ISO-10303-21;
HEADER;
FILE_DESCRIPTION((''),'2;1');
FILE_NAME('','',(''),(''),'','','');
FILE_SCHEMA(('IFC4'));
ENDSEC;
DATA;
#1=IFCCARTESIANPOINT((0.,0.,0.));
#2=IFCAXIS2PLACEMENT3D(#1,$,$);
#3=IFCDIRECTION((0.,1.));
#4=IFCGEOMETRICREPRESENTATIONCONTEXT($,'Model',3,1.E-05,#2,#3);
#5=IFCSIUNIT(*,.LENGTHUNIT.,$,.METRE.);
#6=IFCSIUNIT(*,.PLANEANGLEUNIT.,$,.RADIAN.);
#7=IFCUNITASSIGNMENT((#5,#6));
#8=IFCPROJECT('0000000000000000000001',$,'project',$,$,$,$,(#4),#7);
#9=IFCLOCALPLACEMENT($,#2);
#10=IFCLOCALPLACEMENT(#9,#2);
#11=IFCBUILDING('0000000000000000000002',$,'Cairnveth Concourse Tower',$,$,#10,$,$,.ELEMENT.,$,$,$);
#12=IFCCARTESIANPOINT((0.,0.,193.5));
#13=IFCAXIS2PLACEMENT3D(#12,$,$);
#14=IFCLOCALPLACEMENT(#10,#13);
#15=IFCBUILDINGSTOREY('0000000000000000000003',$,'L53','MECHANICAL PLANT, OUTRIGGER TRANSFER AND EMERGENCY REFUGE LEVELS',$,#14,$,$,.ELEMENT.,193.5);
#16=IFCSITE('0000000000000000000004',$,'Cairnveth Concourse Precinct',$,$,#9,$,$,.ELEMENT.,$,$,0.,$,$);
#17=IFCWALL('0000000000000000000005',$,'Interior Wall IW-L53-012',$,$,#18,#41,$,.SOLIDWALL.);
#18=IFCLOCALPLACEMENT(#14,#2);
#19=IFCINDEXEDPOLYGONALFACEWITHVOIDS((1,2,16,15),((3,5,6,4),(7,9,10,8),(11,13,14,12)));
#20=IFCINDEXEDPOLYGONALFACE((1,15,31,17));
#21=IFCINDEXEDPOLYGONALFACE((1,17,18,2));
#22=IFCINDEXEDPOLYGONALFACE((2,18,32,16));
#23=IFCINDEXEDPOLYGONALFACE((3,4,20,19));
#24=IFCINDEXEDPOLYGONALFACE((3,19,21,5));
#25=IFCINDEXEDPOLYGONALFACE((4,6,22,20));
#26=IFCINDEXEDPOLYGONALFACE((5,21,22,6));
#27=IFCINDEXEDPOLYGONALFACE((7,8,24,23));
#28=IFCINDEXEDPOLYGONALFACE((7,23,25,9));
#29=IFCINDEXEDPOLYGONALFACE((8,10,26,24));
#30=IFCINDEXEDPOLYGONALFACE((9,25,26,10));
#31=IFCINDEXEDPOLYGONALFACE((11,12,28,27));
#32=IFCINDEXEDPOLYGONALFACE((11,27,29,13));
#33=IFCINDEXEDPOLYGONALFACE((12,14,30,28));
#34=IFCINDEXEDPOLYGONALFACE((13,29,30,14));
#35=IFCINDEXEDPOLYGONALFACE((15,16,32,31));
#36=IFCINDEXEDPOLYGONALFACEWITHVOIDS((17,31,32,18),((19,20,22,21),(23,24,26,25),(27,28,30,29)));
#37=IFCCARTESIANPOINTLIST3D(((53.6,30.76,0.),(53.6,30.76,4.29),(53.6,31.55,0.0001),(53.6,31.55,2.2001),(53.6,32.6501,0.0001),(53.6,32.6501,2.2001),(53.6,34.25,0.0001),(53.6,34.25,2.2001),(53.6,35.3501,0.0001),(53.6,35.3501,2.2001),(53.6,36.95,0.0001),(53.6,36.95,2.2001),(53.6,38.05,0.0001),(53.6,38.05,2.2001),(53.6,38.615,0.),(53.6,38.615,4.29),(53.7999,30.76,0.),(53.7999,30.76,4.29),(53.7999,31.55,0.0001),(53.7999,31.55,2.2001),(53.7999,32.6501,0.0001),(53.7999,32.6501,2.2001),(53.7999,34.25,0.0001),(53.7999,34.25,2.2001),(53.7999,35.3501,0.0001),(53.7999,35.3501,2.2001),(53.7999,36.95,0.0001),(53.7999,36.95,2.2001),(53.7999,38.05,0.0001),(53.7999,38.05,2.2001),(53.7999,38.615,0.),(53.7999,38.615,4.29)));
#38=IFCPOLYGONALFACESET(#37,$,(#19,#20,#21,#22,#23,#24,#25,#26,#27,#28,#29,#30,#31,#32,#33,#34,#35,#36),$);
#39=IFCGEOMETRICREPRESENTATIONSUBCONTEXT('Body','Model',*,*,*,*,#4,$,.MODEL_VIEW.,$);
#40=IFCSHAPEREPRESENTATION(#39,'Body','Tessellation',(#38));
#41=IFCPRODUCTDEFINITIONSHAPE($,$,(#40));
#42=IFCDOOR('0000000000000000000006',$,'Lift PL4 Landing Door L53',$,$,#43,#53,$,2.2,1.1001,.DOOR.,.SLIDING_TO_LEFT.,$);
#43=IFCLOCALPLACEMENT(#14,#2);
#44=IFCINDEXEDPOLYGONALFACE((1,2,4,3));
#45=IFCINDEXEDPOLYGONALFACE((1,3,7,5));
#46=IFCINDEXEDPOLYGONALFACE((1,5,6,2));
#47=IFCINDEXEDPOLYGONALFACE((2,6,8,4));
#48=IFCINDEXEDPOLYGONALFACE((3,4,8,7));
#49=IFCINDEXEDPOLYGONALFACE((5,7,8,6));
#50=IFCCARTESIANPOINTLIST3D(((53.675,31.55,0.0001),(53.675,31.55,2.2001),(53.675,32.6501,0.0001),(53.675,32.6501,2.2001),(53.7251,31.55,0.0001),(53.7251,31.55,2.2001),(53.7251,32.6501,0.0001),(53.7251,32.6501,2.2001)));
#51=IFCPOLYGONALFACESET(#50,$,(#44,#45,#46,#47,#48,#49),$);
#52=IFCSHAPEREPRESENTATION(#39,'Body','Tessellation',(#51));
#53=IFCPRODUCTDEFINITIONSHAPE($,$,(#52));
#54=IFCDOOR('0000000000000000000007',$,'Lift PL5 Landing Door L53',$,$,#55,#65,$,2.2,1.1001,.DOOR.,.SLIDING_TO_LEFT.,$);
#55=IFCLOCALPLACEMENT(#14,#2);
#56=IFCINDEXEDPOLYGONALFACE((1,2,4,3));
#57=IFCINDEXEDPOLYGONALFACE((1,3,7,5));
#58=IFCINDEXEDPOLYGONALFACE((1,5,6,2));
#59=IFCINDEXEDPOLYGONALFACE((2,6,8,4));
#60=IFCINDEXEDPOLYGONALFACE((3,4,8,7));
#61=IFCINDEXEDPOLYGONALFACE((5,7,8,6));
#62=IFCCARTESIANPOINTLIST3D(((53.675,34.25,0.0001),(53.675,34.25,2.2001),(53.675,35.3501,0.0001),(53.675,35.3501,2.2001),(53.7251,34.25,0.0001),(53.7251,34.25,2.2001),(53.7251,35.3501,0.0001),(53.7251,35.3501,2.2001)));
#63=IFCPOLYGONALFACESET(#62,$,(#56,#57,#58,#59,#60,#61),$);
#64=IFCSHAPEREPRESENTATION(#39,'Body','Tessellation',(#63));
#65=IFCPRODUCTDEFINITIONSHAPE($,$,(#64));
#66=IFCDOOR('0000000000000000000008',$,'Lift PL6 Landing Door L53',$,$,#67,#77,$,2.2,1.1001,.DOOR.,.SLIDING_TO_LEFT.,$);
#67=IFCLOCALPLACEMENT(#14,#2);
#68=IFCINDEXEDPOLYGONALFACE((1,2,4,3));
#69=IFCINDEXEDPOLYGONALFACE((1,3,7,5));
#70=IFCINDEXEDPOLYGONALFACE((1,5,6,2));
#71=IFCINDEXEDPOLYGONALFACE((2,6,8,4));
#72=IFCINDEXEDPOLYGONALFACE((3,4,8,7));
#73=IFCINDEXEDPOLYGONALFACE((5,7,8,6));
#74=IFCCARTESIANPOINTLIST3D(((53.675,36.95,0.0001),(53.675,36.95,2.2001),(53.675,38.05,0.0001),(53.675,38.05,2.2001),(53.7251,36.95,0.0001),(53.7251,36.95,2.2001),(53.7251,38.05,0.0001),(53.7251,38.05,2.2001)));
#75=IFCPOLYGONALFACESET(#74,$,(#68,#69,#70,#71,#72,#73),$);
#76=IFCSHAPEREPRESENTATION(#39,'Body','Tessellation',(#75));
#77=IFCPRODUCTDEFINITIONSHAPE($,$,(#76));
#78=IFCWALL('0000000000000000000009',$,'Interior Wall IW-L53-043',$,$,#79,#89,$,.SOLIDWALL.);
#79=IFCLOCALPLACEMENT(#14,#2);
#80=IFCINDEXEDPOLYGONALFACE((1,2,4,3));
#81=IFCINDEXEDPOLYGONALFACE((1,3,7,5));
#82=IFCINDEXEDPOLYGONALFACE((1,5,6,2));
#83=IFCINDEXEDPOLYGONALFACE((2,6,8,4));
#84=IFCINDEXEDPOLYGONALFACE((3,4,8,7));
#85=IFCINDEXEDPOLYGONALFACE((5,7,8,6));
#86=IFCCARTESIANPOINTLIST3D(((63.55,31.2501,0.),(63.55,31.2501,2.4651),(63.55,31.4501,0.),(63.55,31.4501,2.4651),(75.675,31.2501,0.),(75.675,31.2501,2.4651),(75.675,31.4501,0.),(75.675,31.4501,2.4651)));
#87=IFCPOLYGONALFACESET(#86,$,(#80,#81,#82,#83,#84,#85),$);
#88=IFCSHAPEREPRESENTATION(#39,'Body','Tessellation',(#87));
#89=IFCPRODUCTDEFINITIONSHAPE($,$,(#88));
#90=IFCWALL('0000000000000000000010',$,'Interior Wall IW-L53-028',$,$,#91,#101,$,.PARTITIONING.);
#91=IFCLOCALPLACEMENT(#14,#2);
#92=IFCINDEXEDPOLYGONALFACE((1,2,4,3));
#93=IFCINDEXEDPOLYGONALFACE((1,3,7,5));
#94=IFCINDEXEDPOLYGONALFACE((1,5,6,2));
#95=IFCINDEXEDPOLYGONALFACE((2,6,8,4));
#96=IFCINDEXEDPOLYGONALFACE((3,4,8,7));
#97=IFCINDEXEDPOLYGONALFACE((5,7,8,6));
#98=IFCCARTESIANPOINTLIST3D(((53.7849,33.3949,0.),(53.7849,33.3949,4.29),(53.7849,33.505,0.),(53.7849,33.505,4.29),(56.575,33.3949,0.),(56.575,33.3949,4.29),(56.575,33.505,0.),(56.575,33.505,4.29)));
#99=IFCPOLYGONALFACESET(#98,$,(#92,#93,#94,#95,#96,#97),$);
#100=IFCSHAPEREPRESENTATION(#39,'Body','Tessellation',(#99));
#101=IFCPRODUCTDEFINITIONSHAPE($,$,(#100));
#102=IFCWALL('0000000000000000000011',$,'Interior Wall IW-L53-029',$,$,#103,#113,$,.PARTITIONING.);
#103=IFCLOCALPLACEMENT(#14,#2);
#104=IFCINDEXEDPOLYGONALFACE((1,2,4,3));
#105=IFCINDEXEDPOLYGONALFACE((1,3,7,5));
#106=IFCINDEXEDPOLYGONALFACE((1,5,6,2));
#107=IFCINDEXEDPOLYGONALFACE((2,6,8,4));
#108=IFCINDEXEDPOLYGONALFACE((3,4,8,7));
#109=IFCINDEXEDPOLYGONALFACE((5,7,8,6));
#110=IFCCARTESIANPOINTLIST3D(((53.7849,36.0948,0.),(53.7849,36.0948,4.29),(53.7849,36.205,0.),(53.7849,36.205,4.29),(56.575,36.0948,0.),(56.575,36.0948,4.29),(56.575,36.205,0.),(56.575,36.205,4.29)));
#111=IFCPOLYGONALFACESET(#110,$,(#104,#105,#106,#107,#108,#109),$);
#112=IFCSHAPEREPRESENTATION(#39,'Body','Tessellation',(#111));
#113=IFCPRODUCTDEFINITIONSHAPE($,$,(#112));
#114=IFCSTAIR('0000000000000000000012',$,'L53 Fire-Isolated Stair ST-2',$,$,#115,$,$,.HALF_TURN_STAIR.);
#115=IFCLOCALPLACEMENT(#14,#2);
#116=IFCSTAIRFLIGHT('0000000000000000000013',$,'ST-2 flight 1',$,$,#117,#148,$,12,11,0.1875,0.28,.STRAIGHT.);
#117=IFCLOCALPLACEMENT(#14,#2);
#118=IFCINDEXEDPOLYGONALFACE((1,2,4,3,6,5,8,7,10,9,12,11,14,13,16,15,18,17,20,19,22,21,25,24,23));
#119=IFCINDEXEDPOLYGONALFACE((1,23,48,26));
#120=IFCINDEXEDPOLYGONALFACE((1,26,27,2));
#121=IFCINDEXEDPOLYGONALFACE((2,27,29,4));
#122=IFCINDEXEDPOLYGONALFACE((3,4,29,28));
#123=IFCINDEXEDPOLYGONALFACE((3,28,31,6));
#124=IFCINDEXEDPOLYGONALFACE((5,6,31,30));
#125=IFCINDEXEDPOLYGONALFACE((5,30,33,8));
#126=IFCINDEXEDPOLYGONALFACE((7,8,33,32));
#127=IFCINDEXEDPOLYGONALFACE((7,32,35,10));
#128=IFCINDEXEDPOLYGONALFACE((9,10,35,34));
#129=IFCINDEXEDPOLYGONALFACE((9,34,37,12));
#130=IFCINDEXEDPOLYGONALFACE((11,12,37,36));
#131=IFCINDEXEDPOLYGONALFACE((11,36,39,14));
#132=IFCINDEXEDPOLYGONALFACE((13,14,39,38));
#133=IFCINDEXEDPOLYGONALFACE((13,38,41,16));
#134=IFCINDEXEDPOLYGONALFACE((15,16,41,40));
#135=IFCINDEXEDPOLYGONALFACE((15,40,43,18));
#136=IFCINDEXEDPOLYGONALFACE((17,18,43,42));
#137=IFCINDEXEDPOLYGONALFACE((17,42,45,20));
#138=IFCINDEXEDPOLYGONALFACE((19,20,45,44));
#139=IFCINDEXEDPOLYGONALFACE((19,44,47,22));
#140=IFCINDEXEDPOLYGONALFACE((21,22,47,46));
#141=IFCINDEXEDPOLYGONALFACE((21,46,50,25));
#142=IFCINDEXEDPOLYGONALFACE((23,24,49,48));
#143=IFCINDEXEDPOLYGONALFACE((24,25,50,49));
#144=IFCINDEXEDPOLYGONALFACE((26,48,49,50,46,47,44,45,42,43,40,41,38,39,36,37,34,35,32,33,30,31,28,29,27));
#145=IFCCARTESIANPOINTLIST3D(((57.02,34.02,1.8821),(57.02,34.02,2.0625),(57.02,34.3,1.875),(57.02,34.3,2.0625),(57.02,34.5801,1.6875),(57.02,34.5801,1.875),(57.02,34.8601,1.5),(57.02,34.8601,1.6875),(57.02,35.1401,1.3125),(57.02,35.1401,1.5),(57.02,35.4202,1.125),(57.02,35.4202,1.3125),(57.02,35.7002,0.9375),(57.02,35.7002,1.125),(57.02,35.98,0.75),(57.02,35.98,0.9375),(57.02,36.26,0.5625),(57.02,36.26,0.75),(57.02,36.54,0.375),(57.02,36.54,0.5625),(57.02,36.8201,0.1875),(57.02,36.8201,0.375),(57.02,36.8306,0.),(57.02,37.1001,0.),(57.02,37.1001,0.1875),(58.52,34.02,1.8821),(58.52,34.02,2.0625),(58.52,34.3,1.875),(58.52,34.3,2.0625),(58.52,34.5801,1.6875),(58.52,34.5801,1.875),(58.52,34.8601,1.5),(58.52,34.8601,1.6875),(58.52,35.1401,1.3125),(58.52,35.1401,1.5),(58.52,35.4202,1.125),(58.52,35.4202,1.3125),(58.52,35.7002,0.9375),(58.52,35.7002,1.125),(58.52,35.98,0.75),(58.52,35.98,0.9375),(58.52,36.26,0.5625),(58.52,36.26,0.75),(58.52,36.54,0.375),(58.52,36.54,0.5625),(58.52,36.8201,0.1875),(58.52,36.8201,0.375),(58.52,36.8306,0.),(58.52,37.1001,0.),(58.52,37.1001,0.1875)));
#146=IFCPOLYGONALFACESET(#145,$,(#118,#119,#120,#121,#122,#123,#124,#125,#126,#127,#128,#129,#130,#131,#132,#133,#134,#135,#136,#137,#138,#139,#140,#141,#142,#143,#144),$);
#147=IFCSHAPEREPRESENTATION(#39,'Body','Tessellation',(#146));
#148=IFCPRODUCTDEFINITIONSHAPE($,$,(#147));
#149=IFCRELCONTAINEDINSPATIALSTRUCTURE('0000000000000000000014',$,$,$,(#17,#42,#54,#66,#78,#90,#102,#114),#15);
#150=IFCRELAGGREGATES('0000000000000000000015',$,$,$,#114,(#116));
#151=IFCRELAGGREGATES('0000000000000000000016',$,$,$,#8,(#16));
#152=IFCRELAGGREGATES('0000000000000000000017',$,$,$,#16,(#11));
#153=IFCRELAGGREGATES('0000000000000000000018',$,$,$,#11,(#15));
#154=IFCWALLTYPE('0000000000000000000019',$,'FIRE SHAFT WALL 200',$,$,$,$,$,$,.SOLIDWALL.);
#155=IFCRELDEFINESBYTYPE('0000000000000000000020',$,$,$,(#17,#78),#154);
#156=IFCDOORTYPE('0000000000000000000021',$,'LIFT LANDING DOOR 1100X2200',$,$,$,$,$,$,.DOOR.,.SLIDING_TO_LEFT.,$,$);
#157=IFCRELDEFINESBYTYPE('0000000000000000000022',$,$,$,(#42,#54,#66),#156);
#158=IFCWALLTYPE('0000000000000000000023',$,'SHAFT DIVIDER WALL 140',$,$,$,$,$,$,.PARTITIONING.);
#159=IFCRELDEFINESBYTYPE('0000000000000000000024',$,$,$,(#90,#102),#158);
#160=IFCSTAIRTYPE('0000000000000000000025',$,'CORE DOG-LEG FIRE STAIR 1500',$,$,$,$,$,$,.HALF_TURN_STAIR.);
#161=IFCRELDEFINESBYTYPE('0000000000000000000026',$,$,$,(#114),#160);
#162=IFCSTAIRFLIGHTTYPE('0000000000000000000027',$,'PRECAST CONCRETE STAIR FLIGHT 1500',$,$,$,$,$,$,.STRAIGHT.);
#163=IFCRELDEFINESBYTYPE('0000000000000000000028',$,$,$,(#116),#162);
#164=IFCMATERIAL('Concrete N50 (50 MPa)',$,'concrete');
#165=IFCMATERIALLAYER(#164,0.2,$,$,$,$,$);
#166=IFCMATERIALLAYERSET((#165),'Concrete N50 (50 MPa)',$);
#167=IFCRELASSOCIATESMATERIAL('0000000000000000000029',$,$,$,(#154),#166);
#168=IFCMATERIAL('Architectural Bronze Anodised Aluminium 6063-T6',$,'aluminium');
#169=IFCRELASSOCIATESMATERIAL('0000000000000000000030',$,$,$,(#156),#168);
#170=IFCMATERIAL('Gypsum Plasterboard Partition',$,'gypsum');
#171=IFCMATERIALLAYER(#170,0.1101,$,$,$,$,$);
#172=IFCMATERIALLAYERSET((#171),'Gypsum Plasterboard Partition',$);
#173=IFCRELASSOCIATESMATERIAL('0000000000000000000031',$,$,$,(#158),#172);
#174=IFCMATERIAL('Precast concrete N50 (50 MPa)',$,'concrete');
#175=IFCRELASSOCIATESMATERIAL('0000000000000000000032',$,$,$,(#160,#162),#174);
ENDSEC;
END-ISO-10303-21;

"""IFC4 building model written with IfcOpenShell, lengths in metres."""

from ifc_helpers import new_model, si_unit, direction, frame, frame_2d, origin, place, context, subcontext, project, spatial, polyline, rectangle, outline, extrude, material, layer, layer_set, type_object, element, fill, aggregate, save


model = new_model("IFC4")

# Units and contexts
model_context = context("Model", 3, precision=1e-05, world=origin(), true_north=direction((0.0, 1.0)))
body_context = subcontext(model_context, "Body", "Model", "MODEL_VIEW")
ifc_project = project(units=[si_unit("LENGTHUNIT", "METRE"), si_unit("PLANEANGLEUNIT", "RADIAN")], contexts=[model_context])

# Site, building, storey
site_placement = place(None, origin())
site = spatial("IfcSite", under=ifc_project, at=site_placement, Name="Cairnveth Concourse Precinct", CompositionType="ELEMENT", RefElevation=0.0)
building_placement = place(site_placement, origin())
building = spatial("IfcBuilding", under=site, at=building_placement, Name="Cairnveth Concourse Tower", CompositionType="ELEMENT")
storey_placement = place(building_placement, frame((0.0, 0.0, 193.5)))
storey = spatial("IfcBuildingStorey", under=building, at=storey_placement, Name="L53", Description="MECHANICAL PLANT, OUTRIGGER TRANSFER AND EMERGENCY REFUGE LEVELS", CompositionType="ELEMENT", Elevation=193.5)

# Shared definitions
ifc_material_1 = material(Name="Gypsum Plasterboard Partition", Category="gypsum")
ifc_material_2 = material(Name="Concrete N50 (50 MPa)", Category="concrete")

# Wall, openings, doors
ifc_layer_1 = layer(ifc_material_2, 0.2)
ifc_layer_set_1 = layer_set([ifc_layer_1], Name="Concrete N50 (50 MPa)")
wall_type_1 = type_object("IfcWallType", Name="FIRE SHAFT WALL 200", PredefinedType="SOLIDWALL", material=ifc_layer_set_1)
wall_1_placement = place(storey_placement, frame((53.7, 30.76, 0.0), z_axis=(0.0, 0.0, 1.0), x_axis=(0.0, 1.0, 0.0)))
wall_1 = element("IfcWall", 1, at=wall_1_placement, inside=storey, type_object=wall_type_1, Name="Interior Wall IW-L53-012", PredefinedType="SOLIDWALL", context=body_context, shape_type="SweptSolid", body=[
    extrude(rectangle(XDim=7.855, YDim=0.2, at=frame_2d((3.9275, 0.0))), origin(), (0.0, 0.0, 1.0), 4.29),
])
opening_1_placement = place(wall_1_placement, frame((0.79, 0.0, 0.0)))
opening_1 = element("IfcOpeningElement", 2, at=opening_1_placement, cuts=wall_1, PredefinedType="OPENING", context=body_context, shape_type="SweptSolid", body=[
    extrude(rectangle(XDim=1.1001, YDim=2.2, at=frame_2d((0.55, 1.1001))), frame((0.0, 0.1099, 0.0), z_axis=(0.0, -1.0, 0.0), x_axis=(1.0, 0.0, 0.0)), (0.0, 0.0, 1.0), 0.22),
])
opening_2_placement = place(wall_1_placement, frame((3.49, 0.0, 0.0)))
opening_2 = element("IfcOpeningElement", 3, at=opening_2_placement, cuts=wall_1, PredefinedType="OPENING", context=body_context, shape_type="SweptSolid", body=[
    extrude(rectangle(XDim=1.1001, YDim=2.2, at=frame_2d((0.55, 1.1001))), frame((0.0, 0.1099, 0.0), z_axis=(0.0, -1.0, 0.0), x_axis=(1.0, 0.0, 0.0)), (0.0, 0.0, 1.0), 0.22),
])
opening_3_placement = place(wall_1_placement, frame((6.1899, 0.0, 0.0)))
opening_3 = element("IfcOpeningElement", 4, at=opening_3_placement, cuts=wall_1, PredefinedType="OPENING", context=body_context, shape_type="SweptSolid", body=[
    extrude(rectangle(XDim=1.1001, YDim=2.2, at=frame_2d((0.55, 1.1001))), frame((0.0, 0.1099, 0.0), z_axis=(0.0, -1.0, 0.0), x_axis=(1.0, 0.0, 0.0)), (0.0, 0.0, 1.0), 0.22),
])
ifc_material_3 = material(Name="Architectural Bronze Anodised Aluminium 6063-T6", Category="aluminium")
door_type_1 = type_object("IfcDoorType", Name="LIFT LANDING DOOR 1100X2200", OperationType="SLIDING_TO_LEFT", PredefinedType="DOOR", material=ifc_material_3)
door_1_placement = place(opening_1_placement, origin())
door_1 = element("IfcDoor", 5, at=door_1_placement, inside=storey, type_object=door_type_1, Name="Lift PL4 Landing Door L53", OperationType="SLIDING_TO_LEFT", OverallHeight=2.2, OverallWidth=1.1001, PredefinedType="DOOR", context=body_context, shape_type="SweptSolid", body=[
    extrude(rectangle(XDim=1.1001, YDim=2.2, at=frame_2d((0.55, 1.1001))), frame((0.0, 0.0249, 0.0), z_axis=(0.0, -1.0, 0.0), x_axis=(1.0, 0.0, 0.0)), (0.0, 0.0, 1.0), 0.05),
])
fill(opening_1, door_1)
door_2_placement = place(opening_2_placement, origin())
door_2 = element("IfcDoor", 6, at=door_2_placement, inside=storey, type_object=door_type_1, Name="Lift PL5 Landing Door L53", OperationType="SLIDING_TO_LEFT", OverallHeight=2.2, OverallWidth=1.1001, PredefinedType="DOOR", context=body_context, shape_type="SweptSolid", body=[
    extrude(rectangle(XDim=1.1001, YDim=2.2, at=frame_2d((0.55, 1.1001))), frame((0.0, 0.0249, 0.0), z_axis=(0.0, -1.0, 0.0), x_axis=(1.0, 0.0, 0.0)), (0.0, 0.0, 1.0), 0.05),
])
fill(opening_2, door_2)
door_3_placement = place(opening_3_placement, origin())
door_3 = element("IfcDoor", 7, at=door_3_placement, inside=storey, type_object=door_type_1, Name="Lift PL6 Landing Door L53", OperationType="SLIDING_TO_LEFT", OverallHeight=2.2, OverallWidth=1.1001, PredefinedType="DOOR", context=body_context, shape_type="SweptSolid", body=[
    extrude(rectangle(XDim=1.1001, YDim=2.2, at=frame_2d((0.55, 1.1001))), frame((0.0, 0.0249, 0.0), z_axis=(0.0, -1.0, 0.0), x_axis=(1.0, 0.0, 0.0)), (0.0, 0.0, 1.0), 0.05),
])
fill(opening_3, door_3)

# Walls
wall_2_placement = place(storey_placement, frame((63.55, 31.3501, 0.0), z_axis=(0.0, 0.0, 1.0), x_axis=(1.0, 0.0, 0.0)))
element("IfcWall", 8, at=wall_2_placement, inside=storey, type_object=wall_type_1, Name="Interior Wall IW-L53-043", PredefinedType="SOLIDWALL", context=body_context, shape_type="SweptSolid", body=[
    extrude(rectangle(XDim=12.125, YDim=0.2, at=frame_2d((6.0625, 0.0))), origin(), (0.0, 0.0, 1.0), 2.4651),
])
ifc_layer_2 = layer(ifc_material_1, 0.1101)
ifc_layer_set_2 = layer_set([ifc_layer_2], Name="Gypsum Plasterboard Partition")
wall_type_2 = type_object("IfcWallType", Name="SHAFT DIVIDER WALL 140", PredefinedType="PARTITIONING", material=ifc_layer_set_2)
for number, where, z_axis, x_axis, name in (
    (9, (53.7849, 33.45, 0.0), (0.0, 0.0, 1.0), (1.0, 0.0, 0.0), "Interior Wall IW-L53-028"),
    (10, (53.7849, 36.1499, 0.0), (0.0, 0.0, 1.0), (1.0, 0.0, 0.0), "Interior Wall IW-L53-029"),
):
    element("IfcWall", number, at=place(storey_placement, frame(where, z_axis=z_axis, x_axis=x_axis)), inside=storey, type_object=wall_type_2, Name=name, PredefinedType="PARTITIONING", context=body_context, shape_type="SweptSolid", body=[
        extrude(rectangle(XDim=2.79, YDim=0.1101, at=frame_2d((1.395, 0.0))), origin(), (0.0, 0.0, 1.0), 4.29),
    ])

# Stair, stair flight
ifc_material_4 = material(Name="Precast concrete N50 (50 MPa)", Category="concrete")
stair_type = type_object("IfcStairType", Name="CORE DOG-LEG FIRE STAIR 1500", PredefinedType="HALF_TURN_STAIR", material=ifc_material_4)
stair_placement = place(storey_placement, origin())
stair = element("IfcStair", 11, at=stair_placement, inside=storey, type_object=stair_type, Name="L53 Fire-Isolated Stair ST-2", PredefinedType="HALF_TURN_STAIR")
stair_flight_type = type_object("IfcStairFlightType", Name="PRECAST CONCRETE STAIR FLIGHT 1500", PredefinedType="STRAIGHT", material=ifc_material_4)
stair_flight_1_placement = place(storey_placement, frame((57.77, 37.1001, 0.0), z_axis=(0.0, 0.0, 1.0), x_axis=(0.0, -1.0, 0.0)))
stair_flight_1 = element("IfcStairFlight", 12, at=stair_flight_1_placement, type_object=stair_flight_type, Name="ST-2 flight 1", NumberOfRisers=12, NumberOfTreads=11, PredefinedType="STRAIGHT", RiserHeight=0.1875, TreadLength=0.28, context=body_context, shape_type="SweptSolid", body=[
    extrude(outline(polyline([(0.0, 0.0), (0.0, 0.1875), (0.28, 0.1875), (0.28, 0.375), (0.5601, 0.375), (0.5601, 0.5625), (0.8401, 0.5625), (0.8401, 0.75), (1.1201, 0.75), (1.1201, 0.9375), (1.3999, 0.9375), (1.3999, 1.125), (1.6799, 1.125), (1.6799, 1.3125), (1.96, 1.3125), (1.96, 1.5), (2.24, 1.5), (2.24, 1.6875), (2.52, 1.6875), (2.52, 1.875), (2.8, 1.875), (2.8, 2.0625), (3.0801, 2.0625), (3.0801, 2.25), (3.0801, 1.8821), (0.2695, 0.0), (0.0, 0.0)])), frame((0.0, 0.75, 0.0), z_axis=(0.0, -1.0, 0.0), x_axis=(1.0, 0.0, 0.0)), (0.0, 0.0, 1.0), 1.5),
])
aggregate(stair, [stair_flight_1])

save(model, "model.ifc")
